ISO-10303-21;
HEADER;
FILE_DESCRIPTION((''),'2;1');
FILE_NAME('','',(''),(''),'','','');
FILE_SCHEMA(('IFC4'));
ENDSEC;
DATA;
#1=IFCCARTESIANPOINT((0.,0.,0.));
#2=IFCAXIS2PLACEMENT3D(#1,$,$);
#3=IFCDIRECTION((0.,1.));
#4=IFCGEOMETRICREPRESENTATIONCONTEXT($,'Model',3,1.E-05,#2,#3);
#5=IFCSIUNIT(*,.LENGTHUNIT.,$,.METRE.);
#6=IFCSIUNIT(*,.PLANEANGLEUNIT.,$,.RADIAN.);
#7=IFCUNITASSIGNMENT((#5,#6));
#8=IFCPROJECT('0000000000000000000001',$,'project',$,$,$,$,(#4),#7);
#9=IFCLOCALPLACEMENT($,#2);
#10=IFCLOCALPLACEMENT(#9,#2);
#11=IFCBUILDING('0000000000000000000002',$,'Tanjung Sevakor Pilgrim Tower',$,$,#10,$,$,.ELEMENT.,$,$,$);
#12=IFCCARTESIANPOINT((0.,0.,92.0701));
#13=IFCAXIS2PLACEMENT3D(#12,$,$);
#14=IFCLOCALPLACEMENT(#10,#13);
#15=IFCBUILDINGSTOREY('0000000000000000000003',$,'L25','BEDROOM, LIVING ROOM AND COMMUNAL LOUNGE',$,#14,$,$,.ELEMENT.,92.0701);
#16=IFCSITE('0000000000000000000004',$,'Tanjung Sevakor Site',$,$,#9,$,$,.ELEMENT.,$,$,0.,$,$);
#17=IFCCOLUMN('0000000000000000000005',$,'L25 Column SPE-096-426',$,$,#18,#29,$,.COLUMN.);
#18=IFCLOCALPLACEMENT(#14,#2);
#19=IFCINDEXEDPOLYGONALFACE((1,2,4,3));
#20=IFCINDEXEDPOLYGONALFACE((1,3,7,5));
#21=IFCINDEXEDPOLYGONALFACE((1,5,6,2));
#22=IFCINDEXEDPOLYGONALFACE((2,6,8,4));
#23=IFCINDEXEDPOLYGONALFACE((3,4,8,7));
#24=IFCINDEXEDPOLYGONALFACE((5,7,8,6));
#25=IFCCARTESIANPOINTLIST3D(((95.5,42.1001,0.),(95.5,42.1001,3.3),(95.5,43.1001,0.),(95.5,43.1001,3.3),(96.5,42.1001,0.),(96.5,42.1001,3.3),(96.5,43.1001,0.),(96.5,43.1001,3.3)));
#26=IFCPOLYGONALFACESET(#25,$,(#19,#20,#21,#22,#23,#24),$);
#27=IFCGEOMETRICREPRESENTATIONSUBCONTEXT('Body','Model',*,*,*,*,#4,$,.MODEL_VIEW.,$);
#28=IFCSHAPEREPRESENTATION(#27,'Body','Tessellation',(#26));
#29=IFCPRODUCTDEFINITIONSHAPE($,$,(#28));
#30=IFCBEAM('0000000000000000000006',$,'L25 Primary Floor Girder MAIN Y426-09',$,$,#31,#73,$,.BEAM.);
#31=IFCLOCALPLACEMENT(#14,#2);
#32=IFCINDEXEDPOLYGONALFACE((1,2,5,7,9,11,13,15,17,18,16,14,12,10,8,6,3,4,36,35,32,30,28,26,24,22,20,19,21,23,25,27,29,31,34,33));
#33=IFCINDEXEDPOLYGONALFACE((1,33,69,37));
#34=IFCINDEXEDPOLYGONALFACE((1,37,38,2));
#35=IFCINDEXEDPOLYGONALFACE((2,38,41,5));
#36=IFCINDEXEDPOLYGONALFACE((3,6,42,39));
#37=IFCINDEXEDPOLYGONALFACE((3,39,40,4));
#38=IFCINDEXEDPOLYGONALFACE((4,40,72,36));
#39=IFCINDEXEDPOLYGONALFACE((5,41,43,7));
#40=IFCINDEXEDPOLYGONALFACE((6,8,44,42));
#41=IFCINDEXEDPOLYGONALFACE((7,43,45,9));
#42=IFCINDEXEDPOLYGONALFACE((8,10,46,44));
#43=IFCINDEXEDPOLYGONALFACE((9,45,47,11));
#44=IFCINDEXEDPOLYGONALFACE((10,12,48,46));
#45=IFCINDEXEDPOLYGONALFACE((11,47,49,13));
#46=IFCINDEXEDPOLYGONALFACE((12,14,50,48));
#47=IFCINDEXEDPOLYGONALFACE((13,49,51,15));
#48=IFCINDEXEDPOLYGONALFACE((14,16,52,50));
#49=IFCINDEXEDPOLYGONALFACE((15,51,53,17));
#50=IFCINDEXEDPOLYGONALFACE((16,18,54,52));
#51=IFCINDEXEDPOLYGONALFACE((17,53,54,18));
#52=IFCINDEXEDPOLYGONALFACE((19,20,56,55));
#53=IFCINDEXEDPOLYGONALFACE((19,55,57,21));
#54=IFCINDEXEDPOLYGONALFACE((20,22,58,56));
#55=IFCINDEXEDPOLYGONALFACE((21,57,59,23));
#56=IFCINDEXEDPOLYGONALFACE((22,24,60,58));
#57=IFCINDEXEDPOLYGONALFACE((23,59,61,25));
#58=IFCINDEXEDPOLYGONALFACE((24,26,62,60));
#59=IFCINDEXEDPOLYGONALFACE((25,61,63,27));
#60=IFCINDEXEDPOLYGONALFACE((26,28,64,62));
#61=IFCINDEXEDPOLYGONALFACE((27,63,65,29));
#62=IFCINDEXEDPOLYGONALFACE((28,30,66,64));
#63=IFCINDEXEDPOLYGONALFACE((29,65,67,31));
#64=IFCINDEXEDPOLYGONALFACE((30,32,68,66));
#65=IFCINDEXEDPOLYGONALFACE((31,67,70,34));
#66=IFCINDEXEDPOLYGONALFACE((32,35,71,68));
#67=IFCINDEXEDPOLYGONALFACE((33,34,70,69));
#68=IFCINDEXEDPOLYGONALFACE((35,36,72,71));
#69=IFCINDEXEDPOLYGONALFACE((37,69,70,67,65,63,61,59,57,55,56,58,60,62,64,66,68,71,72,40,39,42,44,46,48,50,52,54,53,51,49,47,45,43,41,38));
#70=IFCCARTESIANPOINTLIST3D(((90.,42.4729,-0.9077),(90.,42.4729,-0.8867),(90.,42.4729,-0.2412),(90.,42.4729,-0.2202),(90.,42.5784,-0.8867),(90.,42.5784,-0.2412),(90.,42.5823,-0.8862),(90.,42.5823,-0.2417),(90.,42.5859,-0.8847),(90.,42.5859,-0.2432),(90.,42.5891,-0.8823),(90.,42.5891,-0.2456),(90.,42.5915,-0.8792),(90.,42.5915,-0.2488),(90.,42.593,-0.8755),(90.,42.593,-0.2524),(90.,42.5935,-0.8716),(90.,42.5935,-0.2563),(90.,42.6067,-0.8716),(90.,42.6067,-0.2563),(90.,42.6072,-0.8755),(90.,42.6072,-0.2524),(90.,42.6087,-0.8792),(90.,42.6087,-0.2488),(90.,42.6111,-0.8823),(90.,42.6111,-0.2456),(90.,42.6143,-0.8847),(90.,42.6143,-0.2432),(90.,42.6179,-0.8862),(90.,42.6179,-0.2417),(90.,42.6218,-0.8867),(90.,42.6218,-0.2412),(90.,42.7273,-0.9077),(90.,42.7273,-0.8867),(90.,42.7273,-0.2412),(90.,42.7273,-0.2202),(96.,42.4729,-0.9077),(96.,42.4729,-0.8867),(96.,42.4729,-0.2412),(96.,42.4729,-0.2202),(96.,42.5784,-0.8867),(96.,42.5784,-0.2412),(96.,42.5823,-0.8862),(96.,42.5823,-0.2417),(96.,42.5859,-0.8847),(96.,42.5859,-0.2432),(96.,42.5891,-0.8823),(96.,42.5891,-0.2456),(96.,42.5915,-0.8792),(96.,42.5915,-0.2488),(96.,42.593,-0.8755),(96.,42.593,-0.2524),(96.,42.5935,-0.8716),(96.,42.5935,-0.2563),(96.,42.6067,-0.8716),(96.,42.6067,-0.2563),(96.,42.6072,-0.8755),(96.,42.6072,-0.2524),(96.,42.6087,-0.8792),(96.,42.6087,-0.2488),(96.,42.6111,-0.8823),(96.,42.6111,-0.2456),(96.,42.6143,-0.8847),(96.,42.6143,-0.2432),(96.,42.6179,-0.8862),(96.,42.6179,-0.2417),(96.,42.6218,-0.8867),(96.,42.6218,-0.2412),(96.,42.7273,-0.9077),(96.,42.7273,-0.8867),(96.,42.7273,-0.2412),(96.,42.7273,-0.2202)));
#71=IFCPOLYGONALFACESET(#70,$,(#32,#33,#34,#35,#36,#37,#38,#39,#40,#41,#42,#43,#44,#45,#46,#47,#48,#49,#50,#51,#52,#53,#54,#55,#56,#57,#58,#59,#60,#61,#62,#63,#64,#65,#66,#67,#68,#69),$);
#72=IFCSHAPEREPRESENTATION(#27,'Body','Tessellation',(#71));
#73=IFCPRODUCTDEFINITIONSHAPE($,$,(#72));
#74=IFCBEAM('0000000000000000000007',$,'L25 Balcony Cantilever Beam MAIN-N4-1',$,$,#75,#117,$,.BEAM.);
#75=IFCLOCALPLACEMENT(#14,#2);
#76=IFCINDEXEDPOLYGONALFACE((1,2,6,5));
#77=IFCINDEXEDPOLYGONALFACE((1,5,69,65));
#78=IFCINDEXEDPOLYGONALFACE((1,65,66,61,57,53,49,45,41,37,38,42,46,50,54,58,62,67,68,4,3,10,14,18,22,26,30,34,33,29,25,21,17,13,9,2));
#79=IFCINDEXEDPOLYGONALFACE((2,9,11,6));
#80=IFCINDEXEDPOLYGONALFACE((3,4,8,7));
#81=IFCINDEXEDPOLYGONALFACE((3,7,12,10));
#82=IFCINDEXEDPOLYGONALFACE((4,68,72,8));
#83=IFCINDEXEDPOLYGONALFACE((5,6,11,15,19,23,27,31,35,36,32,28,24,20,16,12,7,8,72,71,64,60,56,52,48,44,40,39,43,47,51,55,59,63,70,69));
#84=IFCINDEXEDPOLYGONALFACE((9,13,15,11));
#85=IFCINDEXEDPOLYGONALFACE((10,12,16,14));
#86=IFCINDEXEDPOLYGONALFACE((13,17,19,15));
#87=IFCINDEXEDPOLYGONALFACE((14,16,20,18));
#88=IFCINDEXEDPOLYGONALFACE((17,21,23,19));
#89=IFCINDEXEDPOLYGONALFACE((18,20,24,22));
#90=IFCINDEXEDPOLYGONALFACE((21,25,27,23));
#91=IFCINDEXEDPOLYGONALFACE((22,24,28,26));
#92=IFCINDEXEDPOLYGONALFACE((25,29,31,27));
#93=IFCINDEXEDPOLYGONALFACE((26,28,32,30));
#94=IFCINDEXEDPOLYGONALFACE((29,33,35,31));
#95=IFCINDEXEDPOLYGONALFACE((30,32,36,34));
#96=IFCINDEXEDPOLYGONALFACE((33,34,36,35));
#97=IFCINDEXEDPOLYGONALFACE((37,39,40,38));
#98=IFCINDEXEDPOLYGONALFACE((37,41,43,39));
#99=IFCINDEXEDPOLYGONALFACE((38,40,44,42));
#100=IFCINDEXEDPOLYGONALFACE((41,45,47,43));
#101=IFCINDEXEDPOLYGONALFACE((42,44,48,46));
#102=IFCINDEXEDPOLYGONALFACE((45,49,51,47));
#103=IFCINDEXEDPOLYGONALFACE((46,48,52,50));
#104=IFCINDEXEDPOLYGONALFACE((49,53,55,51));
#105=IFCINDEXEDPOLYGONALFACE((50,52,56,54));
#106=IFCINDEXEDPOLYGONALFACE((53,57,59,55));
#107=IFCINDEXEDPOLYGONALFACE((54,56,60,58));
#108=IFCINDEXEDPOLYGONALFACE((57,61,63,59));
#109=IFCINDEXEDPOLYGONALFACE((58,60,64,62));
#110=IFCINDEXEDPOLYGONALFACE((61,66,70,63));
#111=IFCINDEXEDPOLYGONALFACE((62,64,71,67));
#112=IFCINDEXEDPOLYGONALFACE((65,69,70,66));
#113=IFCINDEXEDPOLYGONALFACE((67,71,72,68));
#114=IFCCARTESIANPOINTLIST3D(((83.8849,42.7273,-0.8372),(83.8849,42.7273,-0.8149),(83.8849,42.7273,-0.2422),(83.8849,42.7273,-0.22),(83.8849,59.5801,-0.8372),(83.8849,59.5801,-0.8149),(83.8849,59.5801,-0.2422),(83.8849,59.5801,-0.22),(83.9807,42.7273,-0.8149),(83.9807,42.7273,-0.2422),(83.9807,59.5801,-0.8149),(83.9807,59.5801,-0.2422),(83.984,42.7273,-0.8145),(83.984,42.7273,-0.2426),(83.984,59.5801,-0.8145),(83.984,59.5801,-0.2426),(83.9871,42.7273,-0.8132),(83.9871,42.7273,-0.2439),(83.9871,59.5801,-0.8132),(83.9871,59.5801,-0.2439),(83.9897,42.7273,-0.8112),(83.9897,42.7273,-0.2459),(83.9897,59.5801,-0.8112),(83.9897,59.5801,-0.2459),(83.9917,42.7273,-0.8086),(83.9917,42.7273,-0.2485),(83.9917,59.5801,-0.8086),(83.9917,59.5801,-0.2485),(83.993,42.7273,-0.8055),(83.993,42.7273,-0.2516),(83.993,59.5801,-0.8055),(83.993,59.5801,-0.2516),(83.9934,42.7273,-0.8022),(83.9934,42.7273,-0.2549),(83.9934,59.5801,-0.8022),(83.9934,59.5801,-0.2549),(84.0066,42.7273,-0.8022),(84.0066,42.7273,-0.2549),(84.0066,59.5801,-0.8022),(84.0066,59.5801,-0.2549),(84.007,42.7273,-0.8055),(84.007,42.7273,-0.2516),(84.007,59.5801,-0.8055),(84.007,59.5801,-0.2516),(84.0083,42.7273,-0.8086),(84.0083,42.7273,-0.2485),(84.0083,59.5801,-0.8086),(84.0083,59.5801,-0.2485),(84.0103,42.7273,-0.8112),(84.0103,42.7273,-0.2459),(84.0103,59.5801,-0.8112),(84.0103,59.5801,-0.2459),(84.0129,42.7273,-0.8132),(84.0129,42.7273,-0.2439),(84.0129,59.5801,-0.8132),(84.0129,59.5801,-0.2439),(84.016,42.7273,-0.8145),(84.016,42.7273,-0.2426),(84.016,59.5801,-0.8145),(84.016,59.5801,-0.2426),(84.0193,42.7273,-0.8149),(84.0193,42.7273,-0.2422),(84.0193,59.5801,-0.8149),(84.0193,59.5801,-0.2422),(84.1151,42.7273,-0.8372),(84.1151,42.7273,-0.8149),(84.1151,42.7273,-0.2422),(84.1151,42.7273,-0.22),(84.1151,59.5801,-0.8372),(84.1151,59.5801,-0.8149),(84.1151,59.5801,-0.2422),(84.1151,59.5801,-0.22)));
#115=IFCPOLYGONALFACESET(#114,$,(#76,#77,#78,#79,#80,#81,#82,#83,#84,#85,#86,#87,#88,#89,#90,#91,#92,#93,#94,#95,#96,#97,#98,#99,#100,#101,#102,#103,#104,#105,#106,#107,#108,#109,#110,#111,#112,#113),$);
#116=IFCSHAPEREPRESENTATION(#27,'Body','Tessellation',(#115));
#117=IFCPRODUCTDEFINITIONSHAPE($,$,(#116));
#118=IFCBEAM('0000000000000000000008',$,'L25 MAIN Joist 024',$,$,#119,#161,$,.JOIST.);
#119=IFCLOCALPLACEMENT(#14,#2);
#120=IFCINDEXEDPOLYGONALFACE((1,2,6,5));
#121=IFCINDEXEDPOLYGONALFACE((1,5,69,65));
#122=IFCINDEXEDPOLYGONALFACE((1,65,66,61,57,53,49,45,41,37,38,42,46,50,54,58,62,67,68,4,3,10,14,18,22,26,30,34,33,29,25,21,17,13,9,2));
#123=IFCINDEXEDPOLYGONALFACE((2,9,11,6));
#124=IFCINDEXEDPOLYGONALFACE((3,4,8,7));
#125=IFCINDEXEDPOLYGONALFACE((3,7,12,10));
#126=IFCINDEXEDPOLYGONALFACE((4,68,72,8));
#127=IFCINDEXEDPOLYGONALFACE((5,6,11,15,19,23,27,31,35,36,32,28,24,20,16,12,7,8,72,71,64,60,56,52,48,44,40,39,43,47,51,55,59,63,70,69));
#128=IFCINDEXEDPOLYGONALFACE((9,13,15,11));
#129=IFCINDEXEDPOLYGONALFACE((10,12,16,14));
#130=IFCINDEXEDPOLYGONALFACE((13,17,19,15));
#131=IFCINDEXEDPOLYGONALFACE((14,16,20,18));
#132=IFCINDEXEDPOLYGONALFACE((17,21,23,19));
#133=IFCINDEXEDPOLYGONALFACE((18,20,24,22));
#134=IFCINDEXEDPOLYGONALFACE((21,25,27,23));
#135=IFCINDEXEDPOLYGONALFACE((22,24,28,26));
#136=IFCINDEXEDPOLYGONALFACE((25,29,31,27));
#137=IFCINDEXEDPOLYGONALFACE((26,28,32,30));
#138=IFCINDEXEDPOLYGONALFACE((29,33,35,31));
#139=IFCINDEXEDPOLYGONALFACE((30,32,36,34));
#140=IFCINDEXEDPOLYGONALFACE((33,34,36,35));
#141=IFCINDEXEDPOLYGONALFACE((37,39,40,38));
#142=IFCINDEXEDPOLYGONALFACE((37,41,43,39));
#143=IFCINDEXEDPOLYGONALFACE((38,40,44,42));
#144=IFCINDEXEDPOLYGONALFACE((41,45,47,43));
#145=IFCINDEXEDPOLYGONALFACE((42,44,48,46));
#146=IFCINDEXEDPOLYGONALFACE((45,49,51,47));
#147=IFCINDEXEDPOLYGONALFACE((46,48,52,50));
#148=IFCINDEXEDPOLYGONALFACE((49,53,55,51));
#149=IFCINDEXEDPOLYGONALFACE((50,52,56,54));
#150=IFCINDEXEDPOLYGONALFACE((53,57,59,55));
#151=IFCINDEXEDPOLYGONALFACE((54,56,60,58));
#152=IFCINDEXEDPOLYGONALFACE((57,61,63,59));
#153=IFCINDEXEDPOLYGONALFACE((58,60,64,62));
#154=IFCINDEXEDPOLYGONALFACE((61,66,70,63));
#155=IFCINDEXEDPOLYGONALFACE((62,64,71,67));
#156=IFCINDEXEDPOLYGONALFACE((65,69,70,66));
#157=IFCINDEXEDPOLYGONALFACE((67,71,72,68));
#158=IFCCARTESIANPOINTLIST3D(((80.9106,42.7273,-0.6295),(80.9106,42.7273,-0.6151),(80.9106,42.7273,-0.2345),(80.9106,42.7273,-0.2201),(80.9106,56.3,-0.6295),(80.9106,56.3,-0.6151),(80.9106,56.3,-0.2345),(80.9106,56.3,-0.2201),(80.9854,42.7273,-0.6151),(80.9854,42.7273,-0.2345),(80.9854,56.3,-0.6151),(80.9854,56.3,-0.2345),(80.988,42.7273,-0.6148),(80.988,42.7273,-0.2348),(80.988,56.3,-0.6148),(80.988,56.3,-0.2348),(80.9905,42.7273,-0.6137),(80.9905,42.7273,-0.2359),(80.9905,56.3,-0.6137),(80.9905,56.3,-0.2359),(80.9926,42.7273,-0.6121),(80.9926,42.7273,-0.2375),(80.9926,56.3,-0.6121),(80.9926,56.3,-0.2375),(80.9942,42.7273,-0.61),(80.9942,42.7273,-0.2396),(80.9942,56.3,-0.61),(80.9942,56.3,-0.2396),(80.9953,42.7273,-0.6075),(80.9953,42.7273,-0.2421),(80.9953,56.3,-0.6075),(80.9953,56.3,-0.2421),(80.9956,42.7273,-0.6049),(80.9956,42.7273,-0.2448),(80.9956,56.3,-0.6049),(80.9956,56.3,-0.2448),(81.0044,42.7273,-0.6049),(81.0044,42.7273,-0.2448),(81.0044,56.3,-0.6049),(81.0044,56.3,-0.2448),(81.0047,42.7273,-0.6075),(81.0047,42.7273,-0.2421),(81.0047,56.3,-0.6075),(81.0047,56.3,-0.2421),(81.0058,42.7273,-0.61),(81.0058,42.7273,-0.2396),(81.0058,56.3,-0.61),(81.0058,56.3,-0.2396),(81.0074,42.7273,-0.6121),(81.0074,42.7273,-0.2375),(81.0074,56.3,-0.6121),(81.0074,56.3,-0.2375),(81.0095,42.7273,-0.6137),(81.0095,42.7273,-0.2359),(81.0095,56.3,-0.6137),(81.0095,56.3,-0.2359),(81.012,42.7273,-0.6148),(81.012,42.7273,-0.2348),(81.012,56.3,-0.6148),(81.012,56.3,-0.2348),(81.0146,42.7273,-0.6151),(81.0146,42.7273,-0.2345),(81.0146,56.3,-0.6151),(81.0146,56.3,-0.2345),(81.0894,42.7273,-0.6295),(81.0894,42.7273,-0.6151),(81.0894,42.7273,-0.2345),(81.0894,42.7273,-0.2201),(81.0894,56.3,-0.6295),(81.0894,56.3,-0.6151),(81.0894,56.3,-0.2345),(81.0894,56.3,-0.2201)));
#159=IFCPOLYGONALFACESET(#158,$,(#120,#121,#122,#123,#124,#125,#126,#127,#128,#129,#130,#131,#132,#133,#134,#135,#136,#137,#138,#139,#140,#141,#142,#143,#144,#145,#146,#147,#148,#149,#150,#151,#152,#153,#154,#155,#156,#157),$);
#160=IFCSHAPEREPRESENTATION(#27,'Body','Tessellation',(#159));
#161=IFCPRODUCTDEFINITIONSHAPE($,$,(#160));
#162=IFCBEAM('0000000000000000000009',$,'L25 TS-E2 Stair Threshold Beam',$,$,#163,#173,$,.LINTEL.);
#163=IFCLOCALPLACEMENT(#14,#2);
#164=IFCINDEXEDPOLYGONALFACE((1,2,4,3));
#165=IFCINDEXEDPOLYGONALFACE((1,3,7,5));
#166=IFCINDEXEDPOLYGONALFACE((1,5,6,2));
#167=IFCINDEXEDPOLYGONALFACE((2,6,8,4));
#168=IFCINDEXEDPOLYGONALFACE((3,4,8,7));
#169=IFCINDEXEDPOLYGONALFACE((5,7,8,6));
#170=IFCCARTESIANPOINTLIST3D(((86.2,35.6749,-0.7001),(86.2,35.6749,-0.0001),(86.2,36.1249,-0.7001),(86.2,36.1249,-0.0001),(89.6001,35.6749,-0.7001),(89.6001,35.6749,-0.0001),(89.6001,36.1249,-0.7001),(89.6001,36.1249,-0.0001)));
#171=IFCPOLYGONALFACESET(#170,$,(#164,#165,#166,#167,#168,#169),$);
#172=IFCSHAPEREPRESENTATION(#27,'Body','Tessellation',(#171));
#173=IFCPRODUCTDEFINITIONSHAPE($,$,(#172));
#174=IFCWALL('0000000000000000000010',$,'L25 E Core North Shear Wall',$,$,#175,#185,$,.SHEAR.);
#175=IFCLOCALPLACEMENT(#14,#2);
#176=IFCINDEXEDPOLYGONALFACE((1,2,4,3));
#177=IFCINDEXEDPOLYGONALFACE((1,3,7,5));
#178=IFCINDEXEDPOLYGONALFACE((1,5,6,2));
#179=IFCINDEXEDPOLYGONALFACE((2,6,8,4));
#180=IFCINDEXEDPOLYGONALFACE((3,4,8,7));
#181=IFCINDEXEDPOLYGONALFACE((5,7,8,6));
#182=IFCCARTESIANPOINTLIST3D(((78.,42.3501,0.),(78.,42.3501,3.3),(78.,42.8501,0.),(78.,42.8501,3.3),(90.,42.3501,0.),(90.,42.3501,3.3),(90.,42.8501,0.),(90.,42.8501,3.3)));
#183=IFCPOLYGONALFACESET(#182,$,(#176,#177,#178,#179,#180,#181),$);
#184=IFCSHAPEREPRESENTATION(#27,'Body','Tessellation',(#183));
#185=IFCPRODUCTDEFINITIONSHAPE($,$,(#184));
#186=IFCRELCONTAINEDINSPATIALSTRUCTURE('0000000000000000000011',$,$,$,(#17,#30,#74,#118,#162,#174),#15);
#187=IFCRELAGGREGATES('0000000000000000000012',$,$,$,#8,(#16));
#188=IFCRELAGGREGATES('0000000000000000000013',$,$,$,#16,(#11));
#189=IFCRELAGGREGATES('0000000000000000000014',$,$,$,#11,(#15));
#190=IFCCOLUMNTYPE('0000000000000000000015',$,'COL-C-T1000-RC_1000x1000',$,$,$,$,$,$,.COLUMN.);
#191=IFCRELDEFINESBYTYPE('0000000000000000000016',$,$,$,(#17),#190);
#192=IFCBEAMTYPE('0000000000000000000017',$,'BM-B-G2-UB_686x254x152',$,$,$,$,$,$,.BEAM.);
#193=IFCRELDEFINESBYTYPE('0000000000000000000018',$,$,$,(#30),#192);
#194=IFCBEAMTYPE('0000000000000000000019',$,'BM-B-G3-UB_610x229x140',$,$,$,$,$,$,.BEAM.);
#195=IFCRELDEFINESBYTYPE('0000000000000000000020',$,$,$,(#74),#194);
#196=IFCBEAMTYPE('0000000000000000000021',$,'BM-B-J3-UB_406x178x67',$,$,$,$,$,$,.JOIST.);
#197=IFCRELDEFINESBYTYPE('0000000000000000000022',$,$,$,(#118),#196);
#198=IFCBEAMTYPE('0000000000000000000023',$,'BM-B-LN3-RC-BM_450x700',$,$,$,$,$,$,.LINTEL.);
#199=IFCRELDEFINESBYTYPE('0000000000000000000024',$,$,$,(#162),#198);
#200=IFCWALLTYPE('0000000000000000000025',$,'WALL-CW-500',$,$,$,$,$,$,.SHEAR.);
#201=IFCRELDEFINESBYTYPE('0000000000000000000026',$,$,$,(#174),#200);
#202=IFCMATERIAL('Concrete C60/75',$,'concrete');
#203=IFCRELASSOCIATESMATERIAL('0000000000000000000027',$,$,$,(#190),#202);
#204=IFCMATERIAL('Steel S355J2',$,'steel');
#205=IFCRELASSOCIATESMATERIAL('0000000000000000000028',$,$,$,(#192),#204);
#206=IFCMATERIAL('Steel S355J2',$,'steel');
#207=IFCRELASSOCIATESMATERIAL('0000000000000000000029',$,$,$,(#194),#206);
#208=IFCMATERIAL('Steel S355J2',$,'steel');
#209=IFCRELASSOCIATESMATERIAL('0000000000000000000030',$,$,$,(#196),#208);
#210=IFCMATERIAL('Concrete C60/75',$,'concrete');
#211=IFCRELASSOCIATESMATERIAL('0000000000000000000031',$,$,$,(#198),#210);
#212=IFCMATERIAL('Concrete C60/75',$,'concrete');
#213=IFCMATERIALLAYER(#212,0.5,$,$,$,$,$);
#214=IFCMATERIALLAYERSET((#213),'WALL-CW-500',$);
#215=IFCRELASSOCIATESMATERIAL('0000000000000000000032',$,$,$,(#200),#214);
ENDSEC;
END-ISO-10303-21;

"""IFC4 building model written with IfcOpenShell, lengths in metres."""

from ifc_helpers import new_model, si_unit, direction, frame, frame_2d, origin, origin_2d, place, context, subcontext, project, spatial, rectangle, i_section, extrude, material, layer, layer_set, material_profile, profile_set, type_object, element, save


model = new_model("IFC4")

# Units and contexts
model_context = context("Model", 3, precision=1e-05, world=origin(), true_north=direction((0.0, 1.0)))
body_context = subcontext(model_context, "Body", "Model", "MODEL_VIEW")
ifc_project = project(units=[si_unit("LENGTHUNIT", "METRE"), si_unit("PLANEANGLEUNIT", "RADIAN")], contexts=[model_context])

# Site, building, storey
site_placement = place(None, origin())
site = spatial("IfcSite", under=ifc_project, at=site_placement, Name="Tanjung Sevakor Site", CompositionType="ELEMENT", RefElevation=0.0)
building_placement = place(site_placement, origin())
building = spatial("IfcBuilding", under=site, at=building_placement, Name="Tanjung Sevakor Pilgrim Tower", CompositionType="ELEMENT")
storey_placement = place(building_placement, frame((0.0, 0.0, 92.0701)))
storey = spatial("IfcBuildingStorey", under=building, at=storey_placement, Name="L25", Description="BEDROOM, LIVING ROOM AND COMMUNAL LOUNGE", CompositionType="ELEMENT", Elevation=92.0701)

# Column
ifc_material_1 = material(Name="Concrete C60/75", Category="concrete")
ifc_material_profile_1 = material_profile(ifc_material_1, rectangle(XDim=1.0, YDim=1.0, at=origin_2d()))
ifc_profile_set_1 = profile_set([ifc_material_profile_1], Name="Concrete C60/75")
column_type = type_object("IfcColumnType", Name="COL-C-T1000-RC_1000x1000", PredefinedType="COLUMN", material=ifc_profile_set_1)
column_placement = place(storey_placement, frame((96.0, 42.6001, 0.0), z_axis=(0.0, 0.0, 1.0), x_axis=(1.0, 0.0, 0.0)))
element("IfcColumn", 1, at=column_placement, inside=storey, type_object=column_type, Name="L25 Column SPE-096-426", PredefinedType="COLUMN", context=body_context, shape_type="SweptSolid", body=[
    extrude(rectangle(XDim=1.0, YDim=1.0, at=origin_2d()), origin(), (0.0, 0.0, 1.0), 3.3),
])

# Beams
ifc_material_2 = material(Name="Steel S355J2", Category="steel")
ifc_material_profile_2 = material_profile(ifc_material_2, i_section(OverallWidth=0.2544, OverallDepth=0.6875, WebThickness=0.0132, FlangeThickness=0.021, FilletRadius=0.0151, at=origin_2d()))
ifc_profile_set_2 = profile_set([ifc_material_profile_2], Name="Steel S355J2")
beam_type_1 = type_object("IfcBeamType", Name="BM-B-G2-UB_686x254x152", PredefinedType="BEAM", material=ifc_profile_set_2)
beam_1_placement = place(storey_placement, frame((90.0, 42.6001, -0.564), z_axis=(1.0, 0.0, 0.0), x_axis=(0.0, 1.0, 0.0)))
element("IfcBeam", 2, at=beam_1_placement, inside=storey, type_object=beam_type_1, Name="L25 Primary Floor Girder MAIN Y426-09", PredefinedType="BEAM", context=body_context, shape_type="SweptSolid", body=[
    extrude(i_section(OverallWidth=0.2544, OverallDepth=0.6875, WebThickness=0.0132, FlangeThickness=0.021, FilletRadius=0.0151, at=origin_2d()), origin(), (0.0, 0.0, 1.0), 6.0),
])
ifc_material_3 = material(Name="Steel S355J2", Category="steel")
ifc_material_profile_3 = material_profile(ifc_material_3, i_section(OverallWidth=0.2302, OverallDepth=0.6172, WebThickness=0.0132, FlangeThickness=0.0222, FilletRadius=0.0127, at=origin_2d()))
ifc_profile_set_3 = profile_set([ifc_material_profile_3], Name="Steel S355J2")
beam_type_2 = type_object("IfcBeamType", Name="BM-B-G3-UB_610x229x140", PredefinedType="BEAM", material=ifc_profile_set_3)
beam_2_placement = place(storey_placement, frame((84.0, 42.7273, -0.5286), z_axis=(0.0, 1.0, 0.0), x_axis=(-1.0, 0.0, 0.0)))
element("IfcBeam", 3, at=beam_2_placement, inside=storey, type_object=beam_type_2, Name="L25 Balcony Cantilever Beam MAIN-N4-1", PredefinedType="BEAM", context=body_context, shape_type="SweptSolid", body=[
    extrude(i_section(OverallWidth=0.2302, OverallDepth=0.6172, WebThickness=0.0132, FlangeThickness=0.0222, FilletRadius=0.0127, at=origin_2d()), origin(), (0.0, 0.0, 1.0), 16.8528),
])
ifc_material_4 = material(Name="Steel S355J2", Category="steel")
ifc_material_profile_4 = material_profile(ifc_material_4, i_section(OverallWidth=0.1787, OverallDepth=0.4094, WebThickness=0.0088, FlangeThickness=0.0144, FilletRadius=0.0103, at=origin_2d()))
ifc_profile_set_4 = profile_set([ifc_material_profile_4], Name="Steel S355J2")
beam_type_3 = type_object("IfcBeamType", Name="BM-B-J3-UB_406x178x67", PredefinedType="JOIST", material=ifc_profile_set_4)
beam_3_placement = place(storey_placement, frame((81.0, 42.7273, -0.4248), z_axis=(0.0, 1.0, 0.0), x_axis=(-1.0, 0.0, 0.0)))
element("IfcBeam", 4, at=beam_3_placement, inside=storey, type_object=beam_type_3, Name="L25 MAIN Joist 024", PredefinedType="JOIST", context=body_context, shape_type="SweptSolid", body=[
    extrude(i_section(OverallWidth=0.1787, OverallDepth=0.4094, WebThickness=0.0088, FlangeThickness=0.0144, FilletRadius=0.0103, at=origin_2d()), origin(), (0.0, 0.0, 1.0), 13.5728),
])
ifc_material_5 = material(Name="Concrete C60/75", Category="concrete")
ifc_material_profile_5 = material_profile(ifc_material_5, rectangle(XDim=0.45, YDim=0.7, at=origin_2d()))
ifc_profile_set_5 = profile_set([ifc_material_profile_5], Name="Concrete C60/75")
beam_type_4 = type_object("IfcBeamType", Name="BM-B-LN3-RC-BM_450x700", PredefinedType="LINTEL", material=ifc_profile_set_5)
beam_4_placement = place(storey_placement, frame((86.2, 35.8999, -0.3501), z_axis=(1.0, 0.0, 0.0), x_axis=(0.0, 1.0, 0.0)))
element("IfcBeam", 5, at=beam_4_placement, inside=storey, type_object=beam_type_4, Name="L25 TS-E2 Stair Threshold Beam", PredefinedType="LINTEL", context=body_context, shape_type="SweptSolid", body=[
    extrude(rectangle(XDim=0.45, YDim=0.7, at=origin_2d()), origin(), (0.0, 0.0, 1.0), 3.4001),
])

# Wall
ifc_material_6 = material(Name="Concrete C60/75", Category="concrete")
ifc_layer_1 = layer(ifc_material_6, 0.5)
ifc_layer_set_1 = layer_set([ifc_layer_1], Name="WALL-CW-500")
wall_type_1 = type_object("IfcWallType", Name="WALL-CW-500", PredefinedType="SHEAR", material=ifc_layer_set_1)
wall_1_placement = place(storey_placement, frame((90.0, 42.6001, 0.0), z_axis=(0.0, 0.0, 1.0), x_axis=(-1.0, 0.0, 0.0)))
element("IfcWall", 6, at=wall_1_placement, inside=storey, type_object=wall_type_1, Name="L25 E Core North Shear Wall", PredefinedType="SHEAR", context=body_context, shape_type="SweptSolid", body=[
    extrude(rectangle(XDim=12.0, YDim=0.5, at=frame_2d((6.0, 0.0))), origin(), (0.0, 0.0, 1.0), 3.3),
])

save(model, "model.ifc")
